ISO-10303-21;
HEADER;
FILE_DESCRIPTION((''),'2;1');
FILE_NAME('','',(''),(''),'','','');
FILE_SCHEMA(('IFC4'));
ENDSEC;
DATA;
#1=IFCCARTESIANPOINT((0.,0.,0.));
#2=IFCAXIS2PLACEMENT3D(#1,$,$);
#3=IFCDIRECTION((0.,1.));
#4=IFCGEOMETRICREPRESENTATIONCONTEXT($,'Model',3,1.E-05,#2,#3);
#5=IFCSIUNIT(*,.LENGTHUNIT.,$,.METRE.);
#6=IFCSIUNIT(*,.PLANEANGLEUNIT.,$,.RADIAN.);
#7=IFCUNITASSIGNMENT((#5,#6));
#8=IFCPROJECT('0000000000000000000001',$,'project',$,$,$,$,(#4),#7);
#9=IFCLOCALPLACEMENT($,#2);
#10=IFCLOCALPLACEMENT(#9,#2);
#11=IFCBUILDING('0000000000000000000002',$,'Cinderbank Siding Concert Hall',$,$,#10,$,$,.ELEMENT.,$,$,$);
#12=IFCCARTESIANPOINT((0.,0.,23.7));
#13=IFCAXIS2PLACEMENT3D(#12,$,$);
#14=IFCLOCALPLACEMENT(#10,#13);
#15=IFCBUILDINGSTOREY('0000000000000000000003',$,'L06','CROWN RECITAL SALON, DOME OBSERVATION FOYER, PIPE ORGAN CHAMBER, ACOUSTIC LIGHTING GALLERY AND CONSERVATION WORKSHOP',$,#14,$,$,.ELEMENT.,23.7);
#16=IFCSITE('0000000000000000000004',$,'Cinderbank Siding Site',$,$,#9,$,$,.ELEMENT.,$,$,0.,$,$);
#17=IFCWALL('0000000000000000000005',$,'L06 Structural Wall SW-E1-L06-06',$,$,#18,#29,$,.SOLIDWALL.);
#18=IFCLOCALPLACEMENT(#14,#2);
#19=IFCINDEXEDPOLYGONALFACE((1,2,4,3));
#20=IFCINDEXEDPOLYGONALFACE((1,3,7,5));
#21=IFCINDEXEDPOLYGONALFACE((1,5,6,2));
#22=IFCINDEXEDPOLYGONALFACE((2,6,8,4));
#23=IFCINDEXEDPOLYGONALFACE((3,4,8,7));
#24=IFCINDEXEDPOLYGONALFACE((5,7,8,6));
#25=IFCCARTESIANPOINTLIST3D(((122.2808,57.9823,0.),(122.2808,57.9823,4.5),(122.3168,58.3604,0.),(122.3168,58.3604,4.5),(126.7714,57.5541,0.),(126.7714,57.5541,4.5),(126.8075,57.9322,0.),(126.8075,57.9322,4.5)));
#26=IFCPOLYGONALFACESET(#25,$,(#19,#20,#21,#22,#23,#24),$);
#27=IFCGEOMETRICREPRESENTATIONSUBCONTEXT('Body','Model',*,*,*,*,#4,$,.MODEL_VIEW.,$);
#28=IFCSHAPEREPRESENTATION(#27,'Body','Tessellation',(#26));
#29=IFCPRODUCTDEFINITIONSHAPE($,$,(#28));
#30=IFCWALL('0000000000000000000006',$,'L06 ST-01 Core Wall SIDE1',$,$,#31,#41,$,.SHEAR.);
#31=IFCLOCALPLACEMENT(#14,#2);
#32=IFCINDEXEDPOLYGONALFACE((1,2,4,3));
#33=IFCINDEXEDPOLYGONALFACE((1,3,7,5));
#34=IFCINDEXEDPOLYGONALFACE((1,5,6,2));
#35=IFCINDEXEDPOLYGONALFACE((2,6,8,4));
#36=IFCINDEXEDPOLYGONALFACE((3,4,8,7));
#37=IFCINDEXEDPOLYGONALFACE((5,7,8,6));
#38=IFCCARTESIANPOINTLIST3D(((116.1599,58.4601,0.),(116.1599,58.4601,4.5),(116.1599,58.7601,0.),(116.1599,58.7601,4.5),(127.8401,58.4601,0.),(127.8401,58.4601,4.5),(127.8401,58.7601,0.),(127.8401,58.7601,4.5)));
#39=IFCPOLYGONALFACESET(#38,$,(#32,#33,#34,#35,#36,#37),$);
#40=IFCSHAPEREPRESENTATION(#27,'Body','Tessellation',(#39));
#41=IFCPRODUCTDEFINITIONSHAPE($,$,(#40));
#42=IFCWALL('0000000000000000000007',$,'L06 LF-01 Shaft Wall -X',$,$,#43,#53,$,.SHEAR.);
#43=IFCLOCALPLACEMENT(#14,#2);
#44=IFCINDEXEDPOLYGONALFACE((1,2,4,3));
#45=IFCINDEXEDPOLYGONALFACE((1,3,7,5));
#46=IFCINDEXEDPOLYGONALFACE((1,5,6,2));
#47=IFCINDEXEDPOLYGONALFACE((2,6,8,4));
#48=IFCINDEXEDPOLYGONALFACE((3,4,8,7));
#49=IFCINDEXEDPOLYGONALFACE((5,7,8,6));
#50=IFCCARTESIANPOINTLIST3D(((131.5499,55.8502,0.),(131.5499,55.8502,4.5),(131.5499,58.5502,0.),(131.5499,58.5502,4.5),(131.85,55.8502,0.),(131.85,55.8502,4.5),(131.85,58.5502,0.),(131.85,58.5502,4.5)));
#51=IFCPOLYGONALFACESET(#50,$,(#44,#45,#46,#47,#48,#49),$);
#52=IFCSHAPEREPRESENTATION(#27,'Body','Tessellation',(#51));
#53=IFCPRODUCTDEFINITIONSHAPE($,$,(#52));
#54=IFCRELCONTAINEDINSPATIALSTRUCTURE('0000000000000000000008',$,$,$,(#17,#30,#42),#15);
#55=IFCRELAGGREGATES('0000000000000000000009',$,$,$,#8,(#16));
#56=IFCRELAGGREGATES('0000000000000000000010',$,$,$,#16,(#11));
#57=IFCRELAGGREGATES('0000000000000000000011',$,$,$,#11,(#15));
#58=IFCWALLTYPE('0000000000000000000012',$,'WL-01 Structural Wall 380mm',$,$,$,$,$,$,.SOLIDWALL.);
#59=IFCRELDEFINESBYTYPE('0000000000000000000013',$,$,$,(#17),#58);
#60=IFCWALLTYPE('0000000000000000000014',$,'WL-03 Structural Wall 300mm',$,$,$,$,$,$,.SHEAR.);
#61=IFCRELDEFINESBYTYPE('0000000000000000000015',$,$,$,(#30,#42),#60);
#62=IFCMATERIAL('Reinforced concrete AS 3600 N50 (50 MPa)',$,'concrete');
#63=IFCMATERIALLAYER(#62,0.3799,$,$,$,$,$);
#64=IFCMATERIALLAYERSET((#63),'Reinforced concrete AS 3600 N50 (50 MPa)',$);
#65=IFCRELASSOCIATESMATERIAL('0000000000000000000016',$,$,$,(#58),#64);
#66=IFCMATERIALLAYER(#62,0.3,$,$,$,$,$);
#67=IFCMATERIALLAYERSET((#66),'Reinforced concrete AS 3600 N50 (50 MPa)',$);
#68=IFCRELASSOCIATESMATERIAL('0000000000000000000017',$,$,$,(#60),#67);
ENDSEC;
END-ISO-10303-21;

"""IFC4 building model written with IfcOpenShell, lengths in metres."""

from ifc_helpers import new_model, si_unit, direction, frame, frame_2d, origin, place, context, subcontext, project, spatial, rectangle, extrude, material, layer, layer_set, type_object, element, save


model = new_model("IFC4")

# Units and contexts
model_context = context("Model", 3, precision=1e-05, world=origin(), true_north=direction((0.0, 1.0)))
body_context = subcontext(model_context, "Body", "Model", "MODEL_VIEW")
ifc_project = project(units=[si_unit("LENGTHUNIT", "METRE"), si_unit("PLANEANGLEUNIT", "RADIAN")], contexts=[model_context])

# Site, building, storey
site_placement = place(None, origin())
site = spatial("IfcSite", under=ifc_project, at=site_placement, Name="Cinderbank Siding Site", CompositionType="ELEMENT", RefElevation=0.0)
building_placement = place(site_placement, origin())
building = spatial("IfcBuilding", under=site, at=building_placement, Name="Cinderbank Siding Concert Hall", CompositionType="ELEMENT")
storey_placement = place(building_placement, frame((0.0, 0.0, 23.7)))
storey = spatial("IfcBuildingStorey", under=building, at=storey_placement, Name="L06", Description="CROWN RECITAL SALON, DOME OBSERVATION FOYER, PIPE ORGAN CHAMBER, ACOUSTIC LIGHTING GALLERY AND CONSERVATION WORKSHOP", CompositionType="ELEMENT", Elevation=23.7)

# Shared definitions
ifc_material_1 = material(Name="Reinforced concrete AS 3600 N50 (50 MPa)", Category="concrete")

# Shared definitions
ifc_layer_1 = layer(ifc_material_1, 0.3799)
ifc_layer_set_1 = layer_set([ifc_layer_1], Name="Reinforced concrete AS 3600 N50 (50 MPa)")
wall_type_1 = type_object("IfcWallType", Name="WL-01 Structural Wall 380mm", PredefinedType="SOLIDWALL", material=ifc_layer_set_1)

# Walls
wall_1_placement = place(storey_placement, frame((126.7893, 57.7432, 0.0), z_axis=(0.0, 0.0, 1.0), x_axis=(-0.995484, 0.094927, 0.0)))
element("IfcWall", 1, at=wall_1_placement, inside=storey, type_object=wall_type_1, Name="L06 Structural Wall SW-E1-L06-06", PredefinedType="SOLIDWALL", context=body_context, shape_type="SweptSolid", body=[
    extrude(rectangle(XDim=4.511, YDim=0.3799, at=frame_2d((2.2554, 0.0))), origin(), (0.0, 0.0, 1.0), 4.5),
])
ifc_layer_2 = layer(ifc_material_1, 0.3)
ifc_layer_set_2 = layer_set([ifc_layer_2], Name="Reinforced concrete AS 3600 N50 (50 MPa)")
wall_type_2 = type_object("IfcWallType", Name="WL-03 Structural Wall 300mm", PredefinedType="SHEAR", material=ifc_layer_set_2)
wall_2_placement = place(storey_placement, frame((127.8401, 58.6101, 0.0), z_axis=(0.0, 0.0, 1.0), x_axis=(-1.0, 0.0, 0.0)))
element("IfcWall", 2, at=wall_2_placement, inside=storey, type_object=wall_type_2, Name="L06 ST-01 Core Wall SIDE1", PredefinedType="SHEAR", context=body_context, shape_type="SweptSolid", body=[
    extrude(rectangle(XDim=11.6802, YDim=0.3, at=frame_2d((5.8401, 0.0))), origin(), (0.0, 0.0, 1.0), 4.5),
])

# Wall
wall_3_placement = place(storey_placement, frame((131.7, 55.8501, 0.0), z_axis=(0.0, 0.0, 1.0), x_axis=(0.0, 1.0, 0.0)))
element("IfcWall", 3, at=wall_3_placement, inside=storey, type_object=wall_type_2, Name="L06 LF-01 Shaft Wall -X", PredefinedType="SHEAR", context=body_context, shape_type="SweptSolid", body=[
    extrude(rectangle(XDim=2.7, YDim=0.3, at=frame_2d((1.3501, 0.0))), origin(), (0.0, 0.0, 1.0), 4.5),
])

save(model, "model.ifc")
